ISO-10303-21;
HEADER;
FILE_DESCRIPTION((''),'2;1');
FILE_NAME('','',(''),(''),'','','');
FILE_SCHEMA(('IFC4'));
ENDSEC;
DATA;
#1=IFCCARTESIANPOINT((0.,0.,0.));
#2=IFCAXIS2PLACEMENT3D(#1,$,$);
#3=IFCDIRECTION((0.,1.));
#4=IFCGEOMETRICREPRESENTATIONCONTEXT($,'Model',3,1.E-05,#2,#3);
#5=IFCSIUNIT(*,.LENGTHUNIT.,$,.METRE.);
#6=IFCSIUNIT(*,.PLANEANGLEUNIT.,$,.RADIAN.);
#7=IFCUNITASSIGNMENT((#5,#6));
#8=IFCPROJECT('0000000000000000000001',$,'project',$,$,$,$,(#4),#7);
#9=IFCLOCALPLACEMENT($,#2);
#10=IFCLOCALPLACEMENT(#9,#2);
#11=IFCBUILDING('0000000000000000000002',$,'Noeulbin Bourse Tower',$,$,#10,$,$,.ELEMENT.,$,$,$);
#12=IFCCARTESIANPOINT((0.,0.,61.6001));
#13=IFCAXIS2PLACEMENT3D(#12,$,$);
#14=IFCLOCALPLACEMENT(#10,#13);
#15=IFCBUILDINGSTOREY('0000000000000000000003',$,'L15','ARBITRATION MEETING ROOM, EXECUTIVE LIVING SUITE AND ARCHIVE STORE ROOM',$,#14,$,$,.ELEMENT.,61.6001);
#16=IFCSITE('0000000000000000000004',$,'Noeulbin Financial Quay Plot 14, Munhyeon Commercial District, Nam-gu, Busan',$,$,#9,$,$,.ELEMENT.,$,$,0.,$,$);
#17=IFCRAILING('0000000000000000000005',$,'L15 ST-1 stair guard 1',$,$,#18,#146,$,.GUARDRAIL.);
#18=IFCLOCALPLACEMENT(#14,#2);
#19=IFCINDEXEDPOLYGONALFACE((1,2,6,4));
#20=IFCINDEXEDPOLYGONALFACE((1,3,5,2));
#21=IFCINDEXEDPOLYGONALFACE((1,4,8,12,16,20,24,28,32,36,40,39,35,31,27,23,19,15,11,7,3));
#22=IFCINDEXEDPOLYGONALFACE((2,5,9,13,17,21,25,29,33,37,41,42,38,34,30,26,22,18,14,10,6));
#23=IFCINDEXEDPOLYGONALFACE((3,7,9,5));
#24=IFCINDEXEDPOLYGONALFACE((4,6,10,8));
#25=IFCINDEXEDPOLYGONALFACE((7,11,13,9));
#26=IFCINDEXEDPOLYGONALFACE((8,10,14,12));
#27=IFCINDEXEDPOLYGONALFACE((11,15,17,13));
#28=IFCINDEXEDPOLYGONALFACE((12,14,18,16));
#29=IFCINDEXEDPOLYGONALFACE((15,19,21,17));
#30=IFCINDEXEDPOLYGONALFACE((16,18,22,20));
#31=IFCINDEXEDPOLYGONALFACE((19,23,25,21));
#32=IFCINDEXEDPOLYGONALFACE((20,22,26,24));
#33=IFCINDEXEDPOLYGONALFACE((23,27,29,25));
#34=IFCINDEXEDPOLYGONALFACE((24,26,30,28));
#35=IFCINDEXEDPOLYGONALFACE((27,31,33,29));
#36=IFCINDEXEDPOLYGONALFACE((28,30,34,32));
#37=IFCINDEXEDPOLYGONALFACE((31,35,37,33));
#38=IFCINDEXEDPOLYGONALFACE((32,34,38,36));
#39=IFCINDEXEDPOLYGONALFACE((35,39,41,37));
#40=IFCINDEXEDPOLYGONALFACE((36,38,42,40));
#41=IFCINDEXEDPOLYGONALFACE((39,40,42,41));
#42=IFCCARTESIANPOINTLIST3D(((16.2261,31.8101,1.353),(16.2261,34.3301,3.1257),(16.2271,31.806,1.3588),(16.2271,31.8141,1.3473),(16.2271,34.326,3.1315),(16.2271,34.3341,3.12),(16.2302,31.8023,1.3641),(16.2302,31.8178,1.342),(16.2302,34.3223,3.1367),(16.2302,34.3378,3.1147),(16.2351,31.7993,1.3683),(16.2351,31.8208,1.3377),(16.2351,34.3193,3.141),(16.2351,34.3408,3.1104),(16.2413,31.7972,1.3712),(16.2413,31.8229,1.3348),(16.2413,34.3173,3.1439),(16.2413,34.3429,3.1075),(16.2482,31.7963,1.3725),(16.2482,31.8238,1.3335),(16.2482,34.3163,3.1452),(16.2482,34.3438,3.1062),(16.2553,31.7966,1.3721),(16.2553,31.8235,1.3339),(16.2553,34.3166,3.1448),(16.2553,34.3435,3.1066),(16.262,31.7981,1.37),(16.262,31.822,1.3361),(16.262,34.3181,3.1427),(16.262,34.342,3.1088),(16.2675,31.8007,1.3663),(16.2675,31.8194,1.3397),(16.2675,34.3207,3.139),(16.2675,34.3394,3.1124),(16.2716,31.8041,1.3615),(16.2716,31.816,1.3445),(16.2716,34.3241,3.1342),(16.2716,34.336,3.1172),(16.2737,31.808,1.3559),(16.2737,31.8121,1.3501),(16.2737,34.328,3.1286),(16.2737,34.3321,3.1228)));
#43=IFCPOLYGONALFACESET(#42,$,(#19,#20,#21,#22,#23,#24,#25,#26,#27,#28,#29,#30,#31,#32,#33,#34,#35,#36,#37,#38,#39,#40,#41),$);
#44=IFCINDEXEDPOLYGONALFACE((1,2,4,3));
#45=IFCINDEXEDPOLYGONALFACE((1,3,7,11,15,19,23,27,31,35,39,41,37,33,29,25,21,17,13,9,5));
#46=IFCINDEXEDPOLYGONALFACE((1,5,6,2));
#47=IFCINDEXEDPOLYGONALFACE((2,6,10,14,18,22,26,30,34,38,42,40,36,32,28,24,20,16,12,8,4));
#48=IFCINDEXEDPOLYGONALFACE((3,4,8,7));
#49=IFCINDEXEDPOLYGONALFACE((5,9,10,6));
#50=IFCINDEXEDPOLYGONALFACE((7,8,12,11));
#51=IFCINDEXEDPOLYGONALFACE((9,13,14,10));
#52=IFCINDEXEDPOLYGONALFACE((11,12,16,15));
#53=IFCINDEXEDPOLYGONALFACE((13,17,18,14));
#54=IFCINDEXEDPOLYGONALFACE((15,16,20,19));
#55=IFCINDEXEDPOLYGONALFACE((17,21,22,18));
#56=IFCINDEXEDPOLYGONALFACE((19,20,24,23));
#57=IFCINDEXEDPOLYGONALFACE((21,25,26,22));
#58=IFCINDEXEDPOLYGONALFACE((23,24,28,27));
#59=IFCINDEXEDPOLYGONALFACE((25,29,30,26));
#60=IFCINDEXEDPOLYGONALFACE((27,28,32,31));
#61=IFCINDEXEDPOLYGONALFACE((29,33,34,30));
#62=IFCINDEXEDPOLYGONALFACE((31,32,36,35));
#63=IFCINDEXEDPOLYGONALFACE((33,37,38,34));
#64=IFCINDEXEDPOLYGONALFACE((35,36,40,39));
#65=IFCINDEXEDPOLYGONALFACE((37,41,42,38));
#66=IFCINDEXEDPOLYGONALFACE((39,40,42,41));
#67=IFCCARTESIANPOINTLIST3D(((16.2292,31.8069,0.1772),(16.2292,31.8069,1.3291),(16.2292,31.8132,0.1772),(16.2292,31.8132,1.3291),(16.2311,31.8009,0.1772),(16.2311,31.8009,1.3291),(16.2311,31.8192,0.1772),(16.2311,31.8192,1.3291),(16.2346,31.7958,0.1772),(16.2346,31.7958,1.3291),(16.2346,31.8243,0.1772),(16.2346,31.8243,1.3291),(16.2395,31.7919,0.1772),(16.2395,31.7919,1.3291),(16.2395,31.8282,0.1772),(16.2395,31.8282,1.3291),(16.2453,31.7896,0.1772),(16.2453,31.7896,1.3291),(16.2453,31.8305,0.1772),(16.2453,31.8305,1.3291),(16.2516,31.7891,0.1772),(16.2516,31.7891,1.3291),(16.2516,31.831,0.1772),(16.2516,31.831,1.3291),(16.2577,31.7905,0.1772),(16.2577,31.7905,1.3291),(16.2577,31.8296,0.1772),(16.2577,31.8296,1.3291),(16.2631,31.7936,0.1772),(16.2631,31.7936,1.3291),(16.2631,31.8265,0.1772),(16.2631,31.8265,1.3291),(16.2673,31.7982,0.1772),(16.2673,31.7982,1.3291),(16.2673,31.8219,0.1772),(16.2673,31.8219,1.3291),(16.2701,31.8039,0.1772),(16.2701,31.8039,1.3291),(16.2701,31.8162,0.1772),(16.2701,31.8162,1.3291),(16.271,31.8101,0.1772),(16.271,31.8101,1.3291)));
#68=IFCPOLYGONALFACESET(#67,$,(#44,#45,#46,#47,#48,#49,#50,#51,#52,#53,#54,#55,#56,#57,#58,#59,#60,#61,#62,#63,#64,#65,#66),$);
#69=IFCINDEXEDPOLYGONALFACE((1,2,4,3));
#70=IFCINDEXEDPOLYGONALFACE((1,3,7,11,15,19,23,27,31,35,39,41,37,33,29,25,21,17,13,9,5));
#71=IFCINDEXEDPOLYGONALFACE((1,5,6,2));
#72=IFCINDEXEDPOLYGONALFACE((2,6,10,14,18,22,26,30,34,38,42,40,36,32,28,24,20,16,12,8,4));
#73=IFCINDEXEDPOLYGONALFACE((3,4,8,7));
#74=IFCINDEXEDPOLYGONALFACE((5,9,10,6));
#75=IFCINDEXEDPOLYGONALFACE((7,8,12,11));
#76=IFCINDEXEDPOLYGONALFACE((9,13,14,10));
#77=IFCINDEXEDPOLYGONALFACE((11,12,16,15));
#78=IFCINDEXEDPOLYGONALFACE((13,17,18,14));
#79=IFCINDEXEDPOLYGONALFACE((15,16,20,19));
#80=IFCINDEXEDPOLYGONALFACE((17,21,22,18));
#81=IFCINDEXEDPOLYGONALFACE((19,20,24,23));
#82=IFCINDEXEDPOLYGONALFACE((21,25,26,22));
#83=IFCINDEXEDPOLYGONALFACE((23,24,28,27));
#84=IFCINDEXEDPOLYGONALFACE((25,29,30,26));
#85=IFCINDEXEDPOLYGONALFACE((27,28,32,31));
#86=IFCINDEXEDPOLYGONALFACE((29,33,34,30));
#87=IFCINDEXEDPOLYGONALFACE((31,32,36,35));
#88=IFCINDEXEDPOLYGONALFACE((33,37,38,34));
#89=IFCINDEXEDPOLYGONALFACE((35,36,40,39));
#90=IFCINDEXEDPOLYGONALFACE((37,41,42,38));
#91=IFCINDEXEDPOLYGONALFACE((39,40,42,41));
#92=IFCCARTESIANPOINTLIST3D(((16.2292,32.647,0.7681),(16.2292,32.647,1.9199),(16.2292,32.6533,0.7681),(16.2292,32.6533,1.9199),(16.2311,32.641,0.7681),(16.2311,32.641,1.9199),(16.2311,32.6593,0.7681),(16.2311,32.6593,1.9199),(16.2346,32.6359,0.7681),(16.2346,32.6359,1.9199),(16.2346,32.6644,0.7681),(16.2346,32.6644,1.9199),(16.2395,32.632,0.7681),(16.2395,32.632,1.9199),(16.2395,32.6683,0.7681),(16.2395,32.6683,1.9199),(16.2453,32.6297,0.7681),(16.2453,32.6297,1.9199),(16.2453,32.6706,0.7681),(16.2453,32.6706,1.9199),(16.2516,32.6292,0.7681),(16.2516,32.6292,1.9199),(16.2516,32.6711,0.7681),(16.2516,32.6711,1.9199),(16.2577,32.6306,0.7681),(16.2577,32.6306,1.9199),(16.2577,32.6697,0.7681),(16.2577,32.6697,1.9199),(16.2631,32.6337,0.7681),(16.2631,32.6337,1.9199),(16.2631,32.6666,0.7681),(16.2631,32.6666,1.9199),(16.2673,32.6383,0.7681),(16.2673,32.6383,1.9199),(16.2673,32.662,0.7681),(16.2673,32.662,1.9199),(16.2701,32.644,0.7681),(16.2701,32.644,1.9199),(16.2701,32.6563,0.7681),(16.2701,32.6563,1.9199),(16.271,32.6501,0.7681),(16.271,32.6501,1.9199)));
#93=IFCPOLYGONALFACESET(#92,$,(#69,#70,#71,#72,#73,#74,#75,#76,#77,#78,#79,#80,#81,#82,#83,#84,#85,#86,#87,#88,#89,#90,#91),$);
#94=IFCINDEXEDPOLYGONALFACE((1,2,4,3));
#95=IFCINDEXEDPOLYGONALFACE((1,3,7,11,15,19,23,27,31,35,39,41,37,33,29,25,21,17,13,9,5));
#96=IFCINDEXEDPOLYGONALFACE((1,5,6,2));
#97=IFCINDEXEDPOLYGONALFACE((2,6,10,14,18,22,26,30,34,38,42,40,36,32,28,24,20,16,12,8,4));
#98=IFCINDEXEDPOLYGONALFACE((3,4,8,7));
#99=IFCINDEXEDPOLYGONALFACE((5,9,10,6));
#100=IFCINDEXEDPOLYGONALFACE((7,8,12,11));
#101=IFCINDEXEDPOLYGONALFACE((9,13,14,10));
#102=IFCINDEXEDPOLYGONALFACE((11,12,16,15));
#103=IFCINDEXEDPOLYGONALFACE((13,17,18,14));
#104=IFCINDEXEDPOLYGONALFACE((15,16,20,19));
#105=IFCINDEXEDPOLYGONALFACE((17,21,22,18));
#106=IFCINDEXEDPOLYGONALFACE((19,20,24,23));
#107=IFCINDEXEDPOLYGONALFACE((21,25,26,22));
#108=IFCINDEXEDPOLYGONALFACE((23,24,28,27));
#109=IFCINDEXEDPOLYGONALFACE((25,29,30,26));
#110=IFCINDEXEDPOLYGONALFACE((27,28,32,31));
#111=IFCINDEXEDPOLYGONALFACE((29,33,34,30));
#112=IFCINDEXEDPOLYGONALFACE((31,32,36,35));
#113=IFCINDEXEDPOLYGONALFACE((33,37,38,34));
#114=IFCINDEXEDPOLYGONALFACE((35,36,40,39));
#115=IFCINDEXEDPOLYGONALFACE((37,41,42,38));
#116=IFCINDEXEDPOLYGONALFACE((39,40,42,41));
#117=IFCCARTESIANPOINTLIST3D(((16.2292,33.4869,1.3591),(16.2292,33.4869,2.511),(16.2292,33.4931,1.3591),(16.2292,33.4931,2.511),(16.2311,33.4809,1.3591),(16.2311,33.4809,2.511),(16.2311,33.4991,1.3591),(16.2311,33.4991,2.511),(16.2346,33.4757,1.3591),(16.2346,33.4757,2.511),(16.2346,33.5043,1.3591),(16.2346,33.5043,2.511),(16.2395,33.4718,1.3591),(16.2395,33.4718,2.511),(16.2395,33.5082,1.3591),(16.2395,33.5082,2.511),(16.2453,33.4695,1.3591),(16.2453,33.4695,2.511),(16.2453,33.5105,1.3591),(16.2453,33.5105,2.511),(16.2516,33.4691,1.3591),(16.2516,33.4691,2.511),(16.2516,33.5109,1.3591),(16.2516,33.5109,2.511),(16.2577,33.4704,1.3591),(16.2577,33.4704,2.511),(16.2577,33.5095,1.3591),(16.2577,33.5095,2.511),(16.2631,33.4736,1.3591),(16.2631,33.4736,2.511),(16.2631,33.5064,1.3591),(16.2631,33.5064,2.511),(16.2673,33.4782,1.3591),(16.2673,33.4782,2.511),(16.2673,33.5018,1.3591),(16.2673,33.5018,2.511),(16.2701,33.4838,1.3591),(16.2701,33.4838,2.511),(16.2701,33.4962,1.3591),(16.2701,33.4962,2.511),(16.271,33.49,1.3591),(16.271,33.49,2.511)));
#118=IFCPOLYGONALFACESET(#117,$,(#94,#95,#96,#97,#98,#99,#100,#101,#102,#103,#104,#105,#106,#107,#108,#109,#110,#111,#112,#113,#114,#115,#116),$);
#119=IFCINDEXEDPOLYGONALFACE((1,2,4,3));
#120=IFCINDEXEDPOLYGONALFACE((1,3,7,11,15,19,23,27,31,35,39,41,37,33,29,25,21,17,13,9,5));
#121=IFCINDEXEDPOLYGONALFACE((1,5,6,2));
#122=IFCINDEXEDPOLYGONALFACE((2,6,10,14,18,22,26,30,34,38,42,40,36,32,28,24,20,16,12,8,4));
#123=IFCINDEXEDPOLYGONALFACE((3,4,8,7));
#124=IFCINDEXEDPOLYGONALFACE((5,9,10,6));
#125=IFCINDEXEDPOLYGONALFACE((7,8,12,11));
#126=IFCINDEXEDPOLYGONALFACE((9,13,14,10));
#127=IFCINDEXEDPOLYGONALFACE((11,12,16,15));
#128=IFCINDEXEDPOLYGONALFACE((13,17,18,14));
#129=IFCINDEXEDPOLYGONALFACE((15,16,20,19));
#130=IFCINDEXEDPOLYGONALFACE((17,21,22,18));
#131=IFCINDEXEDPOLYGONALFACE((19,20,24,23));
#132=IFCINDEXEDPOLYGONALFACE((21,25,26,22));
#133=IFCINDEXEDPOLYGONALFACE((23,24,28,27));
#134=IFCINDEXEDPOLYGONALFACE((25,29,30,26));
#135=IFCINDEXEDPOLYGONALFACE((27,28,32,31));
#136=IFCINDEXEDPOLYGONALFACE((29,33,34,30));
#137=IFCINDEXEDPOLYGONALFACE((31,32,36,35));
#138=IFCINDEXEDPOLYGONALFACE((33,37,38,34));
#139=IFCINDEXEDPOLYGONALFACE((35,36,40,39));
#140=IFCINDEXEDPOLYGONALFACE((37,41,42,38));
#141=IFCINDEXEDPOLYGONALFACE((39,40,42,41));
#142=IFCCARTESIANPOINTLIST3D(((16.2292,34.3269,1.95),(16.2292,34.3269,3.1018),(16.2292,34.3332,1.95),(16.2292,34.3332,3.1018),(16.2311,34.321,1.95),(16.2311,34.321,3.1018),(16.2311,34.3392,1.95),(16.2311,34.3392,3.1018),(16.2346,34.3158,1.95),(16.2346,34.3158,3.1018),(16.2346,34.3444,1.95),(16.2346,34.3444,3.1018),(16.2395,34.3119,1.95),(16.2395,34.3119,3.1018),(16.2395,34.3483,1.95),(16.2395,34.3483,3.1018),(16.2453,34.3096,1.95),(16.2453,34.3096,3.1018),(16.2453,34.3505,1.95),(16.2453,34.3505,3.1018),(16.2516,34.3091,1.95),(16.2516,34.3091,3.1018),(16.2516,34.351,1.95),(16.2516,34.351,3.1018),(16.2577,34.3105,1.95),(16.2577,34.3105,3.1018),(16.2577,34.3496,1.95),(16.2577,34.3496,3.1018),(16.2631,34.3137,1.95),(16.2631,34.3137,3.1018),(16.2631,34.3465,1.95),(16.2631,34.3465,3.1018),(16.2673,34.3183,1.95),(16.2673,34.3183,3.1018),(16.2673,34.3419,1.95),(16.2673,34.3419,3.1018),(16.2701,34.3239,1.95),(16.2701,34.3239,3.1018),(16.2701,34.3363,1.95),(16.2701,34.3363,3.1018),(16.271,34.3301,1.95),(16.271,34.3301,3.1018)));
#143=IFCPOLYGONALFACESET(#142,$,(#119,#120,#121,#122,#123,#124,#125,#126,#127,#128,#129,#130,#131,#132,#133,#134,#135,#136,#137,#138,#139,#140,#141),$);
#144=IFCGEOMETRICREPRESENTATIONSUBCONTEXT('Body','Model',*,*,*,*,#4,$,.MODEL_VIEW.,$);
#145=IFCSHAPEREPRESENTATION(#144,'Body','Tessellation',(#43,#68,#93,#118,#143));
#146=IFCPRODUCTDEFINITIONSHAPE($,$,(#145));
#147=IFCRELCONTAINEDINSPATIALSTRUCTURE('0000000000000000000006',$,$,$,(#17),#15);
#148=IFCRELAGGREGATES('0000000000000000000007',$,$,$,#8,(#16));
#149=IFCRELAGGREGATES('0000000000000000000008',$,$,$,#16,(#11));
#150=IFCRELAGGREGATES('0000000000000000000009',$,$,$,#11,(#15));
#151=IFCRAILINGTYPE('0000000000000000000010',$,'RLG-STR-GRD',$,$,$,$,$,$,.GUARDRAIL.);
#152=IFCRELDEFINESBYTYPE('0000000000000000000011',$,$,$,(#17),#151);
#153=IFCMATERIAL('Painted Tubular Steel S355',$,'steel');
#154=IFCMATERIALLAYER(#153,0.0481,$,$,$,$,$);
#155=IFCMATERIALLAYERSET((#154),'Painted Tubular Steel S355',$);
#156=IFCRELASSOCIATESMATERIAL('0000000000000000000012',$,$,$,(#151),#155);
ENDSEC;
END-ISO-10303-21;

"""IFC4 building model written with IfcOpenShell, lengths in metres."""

from ifc_helpers import new_model, si_unit, direction, frame, origin, origin_2d, place, context, subcontext, project, spatial, circle, extrude, material, layer, layer_set, type_object, element, save


model = new_model("IFC4")

# Units and contexts
model_context = context("Model", 3, precision=1e-05, world=origin(), true_north=direction((0.0, 1.0)))
body_context = subcontext(model_context, "Body", "Model", "MODEL_VIEW")
ifc_project = project(units=[si_unit("LENGTHUNIT", "METRE"), si_unit("PLANEANGLEUNIT", "RADIAN")], contexts=[model_context])

# Site, building, storey
site_placement = place(None, origin())
site = spatial("IfcSite", under=ifc_project, at=site_placement, Name="Noeulbin Financial Quay Plot 14, Munhyeon Commercial District, Nam-gu, Busan", CompositionType="ELEMENT", RefElevation=0.0)
building_placement = place(site_placement, origin())
building = spatial("IfcBuilding", under=site, at=building_placement, Name="Noeulbin Bourse Tower", CompositionType="ELEMENT")
storey_placement = place(building_placement, frame((0.0, 0.0, 61.6001)))
storey = spatial("IfcBuildingStorey", under=building, at=storey_placement, Name="L15", Description="ARBITRATION MEETING ROOM, EXECUTIVE LIVING SUITE AND ARCHIVE STORE ROOM", CompositionType="ELEMENT", Elevation=61.6001)

# Railing
ifc_material_1 = material(Name="Painted Tubular Steel S355", Category="steel")
ifc_layer_1 = layer(ifc_material_1, 0.0481)
ifc_layer_set_1 = layer_set([ifc_layer_1], Name="Painted Tubular Steel S355")
railing_type_1 = type_object("IfcRailingType", Name="RLG-STR-GRD", PredefinedType="GUARDRAIL", material=ifc_layer_set_1)
railing_1_placement = place(storey_placement, frame((16.25, 31.8101, 0.1772)))
element("IfcRailing", 1, at=railing_1_placement, inside=storey, type_object=railing_type_1, Name="L15 ST-1 stair guard 1", PredefinedType="GUARDRAIL", context=body_context, shape_type="SweptSolid", body=[
    extrude(circle(Radius=0.0239, at=origin_2d()), frame((0.0, 0.0, 1.1758), z_axis=(0.0, 0.817904, 0.575354), x_axis=(-1.0, 0.0, 0.0)), (0.0, 0.0, 1.0), 3.0811),
    extrude(circle(Radius=0.021, at=origin_2d()), origin(), (0.0, 0.0, 1.0), 1.1519),
    extrude(circle(Radius=0.021, at=origin_2d()), frame((0.0, 0.8401, 0.5908)), (0.0, 0.0, 1.0), 1.1519),
    extrude(circle(Radius=0.021, at=origin_2d()), frame((0.0, 1.6799, 1.1819)), (0.0, 0.0, 1.0), 1.1519),
    extrude(circle(Radius=0.021, at=origin_2d()), frame((0.0, 2.52, 1.7727)), (0.0, 0.0, 1.0), 1.1519),
])

save(model, "model.ifc")
